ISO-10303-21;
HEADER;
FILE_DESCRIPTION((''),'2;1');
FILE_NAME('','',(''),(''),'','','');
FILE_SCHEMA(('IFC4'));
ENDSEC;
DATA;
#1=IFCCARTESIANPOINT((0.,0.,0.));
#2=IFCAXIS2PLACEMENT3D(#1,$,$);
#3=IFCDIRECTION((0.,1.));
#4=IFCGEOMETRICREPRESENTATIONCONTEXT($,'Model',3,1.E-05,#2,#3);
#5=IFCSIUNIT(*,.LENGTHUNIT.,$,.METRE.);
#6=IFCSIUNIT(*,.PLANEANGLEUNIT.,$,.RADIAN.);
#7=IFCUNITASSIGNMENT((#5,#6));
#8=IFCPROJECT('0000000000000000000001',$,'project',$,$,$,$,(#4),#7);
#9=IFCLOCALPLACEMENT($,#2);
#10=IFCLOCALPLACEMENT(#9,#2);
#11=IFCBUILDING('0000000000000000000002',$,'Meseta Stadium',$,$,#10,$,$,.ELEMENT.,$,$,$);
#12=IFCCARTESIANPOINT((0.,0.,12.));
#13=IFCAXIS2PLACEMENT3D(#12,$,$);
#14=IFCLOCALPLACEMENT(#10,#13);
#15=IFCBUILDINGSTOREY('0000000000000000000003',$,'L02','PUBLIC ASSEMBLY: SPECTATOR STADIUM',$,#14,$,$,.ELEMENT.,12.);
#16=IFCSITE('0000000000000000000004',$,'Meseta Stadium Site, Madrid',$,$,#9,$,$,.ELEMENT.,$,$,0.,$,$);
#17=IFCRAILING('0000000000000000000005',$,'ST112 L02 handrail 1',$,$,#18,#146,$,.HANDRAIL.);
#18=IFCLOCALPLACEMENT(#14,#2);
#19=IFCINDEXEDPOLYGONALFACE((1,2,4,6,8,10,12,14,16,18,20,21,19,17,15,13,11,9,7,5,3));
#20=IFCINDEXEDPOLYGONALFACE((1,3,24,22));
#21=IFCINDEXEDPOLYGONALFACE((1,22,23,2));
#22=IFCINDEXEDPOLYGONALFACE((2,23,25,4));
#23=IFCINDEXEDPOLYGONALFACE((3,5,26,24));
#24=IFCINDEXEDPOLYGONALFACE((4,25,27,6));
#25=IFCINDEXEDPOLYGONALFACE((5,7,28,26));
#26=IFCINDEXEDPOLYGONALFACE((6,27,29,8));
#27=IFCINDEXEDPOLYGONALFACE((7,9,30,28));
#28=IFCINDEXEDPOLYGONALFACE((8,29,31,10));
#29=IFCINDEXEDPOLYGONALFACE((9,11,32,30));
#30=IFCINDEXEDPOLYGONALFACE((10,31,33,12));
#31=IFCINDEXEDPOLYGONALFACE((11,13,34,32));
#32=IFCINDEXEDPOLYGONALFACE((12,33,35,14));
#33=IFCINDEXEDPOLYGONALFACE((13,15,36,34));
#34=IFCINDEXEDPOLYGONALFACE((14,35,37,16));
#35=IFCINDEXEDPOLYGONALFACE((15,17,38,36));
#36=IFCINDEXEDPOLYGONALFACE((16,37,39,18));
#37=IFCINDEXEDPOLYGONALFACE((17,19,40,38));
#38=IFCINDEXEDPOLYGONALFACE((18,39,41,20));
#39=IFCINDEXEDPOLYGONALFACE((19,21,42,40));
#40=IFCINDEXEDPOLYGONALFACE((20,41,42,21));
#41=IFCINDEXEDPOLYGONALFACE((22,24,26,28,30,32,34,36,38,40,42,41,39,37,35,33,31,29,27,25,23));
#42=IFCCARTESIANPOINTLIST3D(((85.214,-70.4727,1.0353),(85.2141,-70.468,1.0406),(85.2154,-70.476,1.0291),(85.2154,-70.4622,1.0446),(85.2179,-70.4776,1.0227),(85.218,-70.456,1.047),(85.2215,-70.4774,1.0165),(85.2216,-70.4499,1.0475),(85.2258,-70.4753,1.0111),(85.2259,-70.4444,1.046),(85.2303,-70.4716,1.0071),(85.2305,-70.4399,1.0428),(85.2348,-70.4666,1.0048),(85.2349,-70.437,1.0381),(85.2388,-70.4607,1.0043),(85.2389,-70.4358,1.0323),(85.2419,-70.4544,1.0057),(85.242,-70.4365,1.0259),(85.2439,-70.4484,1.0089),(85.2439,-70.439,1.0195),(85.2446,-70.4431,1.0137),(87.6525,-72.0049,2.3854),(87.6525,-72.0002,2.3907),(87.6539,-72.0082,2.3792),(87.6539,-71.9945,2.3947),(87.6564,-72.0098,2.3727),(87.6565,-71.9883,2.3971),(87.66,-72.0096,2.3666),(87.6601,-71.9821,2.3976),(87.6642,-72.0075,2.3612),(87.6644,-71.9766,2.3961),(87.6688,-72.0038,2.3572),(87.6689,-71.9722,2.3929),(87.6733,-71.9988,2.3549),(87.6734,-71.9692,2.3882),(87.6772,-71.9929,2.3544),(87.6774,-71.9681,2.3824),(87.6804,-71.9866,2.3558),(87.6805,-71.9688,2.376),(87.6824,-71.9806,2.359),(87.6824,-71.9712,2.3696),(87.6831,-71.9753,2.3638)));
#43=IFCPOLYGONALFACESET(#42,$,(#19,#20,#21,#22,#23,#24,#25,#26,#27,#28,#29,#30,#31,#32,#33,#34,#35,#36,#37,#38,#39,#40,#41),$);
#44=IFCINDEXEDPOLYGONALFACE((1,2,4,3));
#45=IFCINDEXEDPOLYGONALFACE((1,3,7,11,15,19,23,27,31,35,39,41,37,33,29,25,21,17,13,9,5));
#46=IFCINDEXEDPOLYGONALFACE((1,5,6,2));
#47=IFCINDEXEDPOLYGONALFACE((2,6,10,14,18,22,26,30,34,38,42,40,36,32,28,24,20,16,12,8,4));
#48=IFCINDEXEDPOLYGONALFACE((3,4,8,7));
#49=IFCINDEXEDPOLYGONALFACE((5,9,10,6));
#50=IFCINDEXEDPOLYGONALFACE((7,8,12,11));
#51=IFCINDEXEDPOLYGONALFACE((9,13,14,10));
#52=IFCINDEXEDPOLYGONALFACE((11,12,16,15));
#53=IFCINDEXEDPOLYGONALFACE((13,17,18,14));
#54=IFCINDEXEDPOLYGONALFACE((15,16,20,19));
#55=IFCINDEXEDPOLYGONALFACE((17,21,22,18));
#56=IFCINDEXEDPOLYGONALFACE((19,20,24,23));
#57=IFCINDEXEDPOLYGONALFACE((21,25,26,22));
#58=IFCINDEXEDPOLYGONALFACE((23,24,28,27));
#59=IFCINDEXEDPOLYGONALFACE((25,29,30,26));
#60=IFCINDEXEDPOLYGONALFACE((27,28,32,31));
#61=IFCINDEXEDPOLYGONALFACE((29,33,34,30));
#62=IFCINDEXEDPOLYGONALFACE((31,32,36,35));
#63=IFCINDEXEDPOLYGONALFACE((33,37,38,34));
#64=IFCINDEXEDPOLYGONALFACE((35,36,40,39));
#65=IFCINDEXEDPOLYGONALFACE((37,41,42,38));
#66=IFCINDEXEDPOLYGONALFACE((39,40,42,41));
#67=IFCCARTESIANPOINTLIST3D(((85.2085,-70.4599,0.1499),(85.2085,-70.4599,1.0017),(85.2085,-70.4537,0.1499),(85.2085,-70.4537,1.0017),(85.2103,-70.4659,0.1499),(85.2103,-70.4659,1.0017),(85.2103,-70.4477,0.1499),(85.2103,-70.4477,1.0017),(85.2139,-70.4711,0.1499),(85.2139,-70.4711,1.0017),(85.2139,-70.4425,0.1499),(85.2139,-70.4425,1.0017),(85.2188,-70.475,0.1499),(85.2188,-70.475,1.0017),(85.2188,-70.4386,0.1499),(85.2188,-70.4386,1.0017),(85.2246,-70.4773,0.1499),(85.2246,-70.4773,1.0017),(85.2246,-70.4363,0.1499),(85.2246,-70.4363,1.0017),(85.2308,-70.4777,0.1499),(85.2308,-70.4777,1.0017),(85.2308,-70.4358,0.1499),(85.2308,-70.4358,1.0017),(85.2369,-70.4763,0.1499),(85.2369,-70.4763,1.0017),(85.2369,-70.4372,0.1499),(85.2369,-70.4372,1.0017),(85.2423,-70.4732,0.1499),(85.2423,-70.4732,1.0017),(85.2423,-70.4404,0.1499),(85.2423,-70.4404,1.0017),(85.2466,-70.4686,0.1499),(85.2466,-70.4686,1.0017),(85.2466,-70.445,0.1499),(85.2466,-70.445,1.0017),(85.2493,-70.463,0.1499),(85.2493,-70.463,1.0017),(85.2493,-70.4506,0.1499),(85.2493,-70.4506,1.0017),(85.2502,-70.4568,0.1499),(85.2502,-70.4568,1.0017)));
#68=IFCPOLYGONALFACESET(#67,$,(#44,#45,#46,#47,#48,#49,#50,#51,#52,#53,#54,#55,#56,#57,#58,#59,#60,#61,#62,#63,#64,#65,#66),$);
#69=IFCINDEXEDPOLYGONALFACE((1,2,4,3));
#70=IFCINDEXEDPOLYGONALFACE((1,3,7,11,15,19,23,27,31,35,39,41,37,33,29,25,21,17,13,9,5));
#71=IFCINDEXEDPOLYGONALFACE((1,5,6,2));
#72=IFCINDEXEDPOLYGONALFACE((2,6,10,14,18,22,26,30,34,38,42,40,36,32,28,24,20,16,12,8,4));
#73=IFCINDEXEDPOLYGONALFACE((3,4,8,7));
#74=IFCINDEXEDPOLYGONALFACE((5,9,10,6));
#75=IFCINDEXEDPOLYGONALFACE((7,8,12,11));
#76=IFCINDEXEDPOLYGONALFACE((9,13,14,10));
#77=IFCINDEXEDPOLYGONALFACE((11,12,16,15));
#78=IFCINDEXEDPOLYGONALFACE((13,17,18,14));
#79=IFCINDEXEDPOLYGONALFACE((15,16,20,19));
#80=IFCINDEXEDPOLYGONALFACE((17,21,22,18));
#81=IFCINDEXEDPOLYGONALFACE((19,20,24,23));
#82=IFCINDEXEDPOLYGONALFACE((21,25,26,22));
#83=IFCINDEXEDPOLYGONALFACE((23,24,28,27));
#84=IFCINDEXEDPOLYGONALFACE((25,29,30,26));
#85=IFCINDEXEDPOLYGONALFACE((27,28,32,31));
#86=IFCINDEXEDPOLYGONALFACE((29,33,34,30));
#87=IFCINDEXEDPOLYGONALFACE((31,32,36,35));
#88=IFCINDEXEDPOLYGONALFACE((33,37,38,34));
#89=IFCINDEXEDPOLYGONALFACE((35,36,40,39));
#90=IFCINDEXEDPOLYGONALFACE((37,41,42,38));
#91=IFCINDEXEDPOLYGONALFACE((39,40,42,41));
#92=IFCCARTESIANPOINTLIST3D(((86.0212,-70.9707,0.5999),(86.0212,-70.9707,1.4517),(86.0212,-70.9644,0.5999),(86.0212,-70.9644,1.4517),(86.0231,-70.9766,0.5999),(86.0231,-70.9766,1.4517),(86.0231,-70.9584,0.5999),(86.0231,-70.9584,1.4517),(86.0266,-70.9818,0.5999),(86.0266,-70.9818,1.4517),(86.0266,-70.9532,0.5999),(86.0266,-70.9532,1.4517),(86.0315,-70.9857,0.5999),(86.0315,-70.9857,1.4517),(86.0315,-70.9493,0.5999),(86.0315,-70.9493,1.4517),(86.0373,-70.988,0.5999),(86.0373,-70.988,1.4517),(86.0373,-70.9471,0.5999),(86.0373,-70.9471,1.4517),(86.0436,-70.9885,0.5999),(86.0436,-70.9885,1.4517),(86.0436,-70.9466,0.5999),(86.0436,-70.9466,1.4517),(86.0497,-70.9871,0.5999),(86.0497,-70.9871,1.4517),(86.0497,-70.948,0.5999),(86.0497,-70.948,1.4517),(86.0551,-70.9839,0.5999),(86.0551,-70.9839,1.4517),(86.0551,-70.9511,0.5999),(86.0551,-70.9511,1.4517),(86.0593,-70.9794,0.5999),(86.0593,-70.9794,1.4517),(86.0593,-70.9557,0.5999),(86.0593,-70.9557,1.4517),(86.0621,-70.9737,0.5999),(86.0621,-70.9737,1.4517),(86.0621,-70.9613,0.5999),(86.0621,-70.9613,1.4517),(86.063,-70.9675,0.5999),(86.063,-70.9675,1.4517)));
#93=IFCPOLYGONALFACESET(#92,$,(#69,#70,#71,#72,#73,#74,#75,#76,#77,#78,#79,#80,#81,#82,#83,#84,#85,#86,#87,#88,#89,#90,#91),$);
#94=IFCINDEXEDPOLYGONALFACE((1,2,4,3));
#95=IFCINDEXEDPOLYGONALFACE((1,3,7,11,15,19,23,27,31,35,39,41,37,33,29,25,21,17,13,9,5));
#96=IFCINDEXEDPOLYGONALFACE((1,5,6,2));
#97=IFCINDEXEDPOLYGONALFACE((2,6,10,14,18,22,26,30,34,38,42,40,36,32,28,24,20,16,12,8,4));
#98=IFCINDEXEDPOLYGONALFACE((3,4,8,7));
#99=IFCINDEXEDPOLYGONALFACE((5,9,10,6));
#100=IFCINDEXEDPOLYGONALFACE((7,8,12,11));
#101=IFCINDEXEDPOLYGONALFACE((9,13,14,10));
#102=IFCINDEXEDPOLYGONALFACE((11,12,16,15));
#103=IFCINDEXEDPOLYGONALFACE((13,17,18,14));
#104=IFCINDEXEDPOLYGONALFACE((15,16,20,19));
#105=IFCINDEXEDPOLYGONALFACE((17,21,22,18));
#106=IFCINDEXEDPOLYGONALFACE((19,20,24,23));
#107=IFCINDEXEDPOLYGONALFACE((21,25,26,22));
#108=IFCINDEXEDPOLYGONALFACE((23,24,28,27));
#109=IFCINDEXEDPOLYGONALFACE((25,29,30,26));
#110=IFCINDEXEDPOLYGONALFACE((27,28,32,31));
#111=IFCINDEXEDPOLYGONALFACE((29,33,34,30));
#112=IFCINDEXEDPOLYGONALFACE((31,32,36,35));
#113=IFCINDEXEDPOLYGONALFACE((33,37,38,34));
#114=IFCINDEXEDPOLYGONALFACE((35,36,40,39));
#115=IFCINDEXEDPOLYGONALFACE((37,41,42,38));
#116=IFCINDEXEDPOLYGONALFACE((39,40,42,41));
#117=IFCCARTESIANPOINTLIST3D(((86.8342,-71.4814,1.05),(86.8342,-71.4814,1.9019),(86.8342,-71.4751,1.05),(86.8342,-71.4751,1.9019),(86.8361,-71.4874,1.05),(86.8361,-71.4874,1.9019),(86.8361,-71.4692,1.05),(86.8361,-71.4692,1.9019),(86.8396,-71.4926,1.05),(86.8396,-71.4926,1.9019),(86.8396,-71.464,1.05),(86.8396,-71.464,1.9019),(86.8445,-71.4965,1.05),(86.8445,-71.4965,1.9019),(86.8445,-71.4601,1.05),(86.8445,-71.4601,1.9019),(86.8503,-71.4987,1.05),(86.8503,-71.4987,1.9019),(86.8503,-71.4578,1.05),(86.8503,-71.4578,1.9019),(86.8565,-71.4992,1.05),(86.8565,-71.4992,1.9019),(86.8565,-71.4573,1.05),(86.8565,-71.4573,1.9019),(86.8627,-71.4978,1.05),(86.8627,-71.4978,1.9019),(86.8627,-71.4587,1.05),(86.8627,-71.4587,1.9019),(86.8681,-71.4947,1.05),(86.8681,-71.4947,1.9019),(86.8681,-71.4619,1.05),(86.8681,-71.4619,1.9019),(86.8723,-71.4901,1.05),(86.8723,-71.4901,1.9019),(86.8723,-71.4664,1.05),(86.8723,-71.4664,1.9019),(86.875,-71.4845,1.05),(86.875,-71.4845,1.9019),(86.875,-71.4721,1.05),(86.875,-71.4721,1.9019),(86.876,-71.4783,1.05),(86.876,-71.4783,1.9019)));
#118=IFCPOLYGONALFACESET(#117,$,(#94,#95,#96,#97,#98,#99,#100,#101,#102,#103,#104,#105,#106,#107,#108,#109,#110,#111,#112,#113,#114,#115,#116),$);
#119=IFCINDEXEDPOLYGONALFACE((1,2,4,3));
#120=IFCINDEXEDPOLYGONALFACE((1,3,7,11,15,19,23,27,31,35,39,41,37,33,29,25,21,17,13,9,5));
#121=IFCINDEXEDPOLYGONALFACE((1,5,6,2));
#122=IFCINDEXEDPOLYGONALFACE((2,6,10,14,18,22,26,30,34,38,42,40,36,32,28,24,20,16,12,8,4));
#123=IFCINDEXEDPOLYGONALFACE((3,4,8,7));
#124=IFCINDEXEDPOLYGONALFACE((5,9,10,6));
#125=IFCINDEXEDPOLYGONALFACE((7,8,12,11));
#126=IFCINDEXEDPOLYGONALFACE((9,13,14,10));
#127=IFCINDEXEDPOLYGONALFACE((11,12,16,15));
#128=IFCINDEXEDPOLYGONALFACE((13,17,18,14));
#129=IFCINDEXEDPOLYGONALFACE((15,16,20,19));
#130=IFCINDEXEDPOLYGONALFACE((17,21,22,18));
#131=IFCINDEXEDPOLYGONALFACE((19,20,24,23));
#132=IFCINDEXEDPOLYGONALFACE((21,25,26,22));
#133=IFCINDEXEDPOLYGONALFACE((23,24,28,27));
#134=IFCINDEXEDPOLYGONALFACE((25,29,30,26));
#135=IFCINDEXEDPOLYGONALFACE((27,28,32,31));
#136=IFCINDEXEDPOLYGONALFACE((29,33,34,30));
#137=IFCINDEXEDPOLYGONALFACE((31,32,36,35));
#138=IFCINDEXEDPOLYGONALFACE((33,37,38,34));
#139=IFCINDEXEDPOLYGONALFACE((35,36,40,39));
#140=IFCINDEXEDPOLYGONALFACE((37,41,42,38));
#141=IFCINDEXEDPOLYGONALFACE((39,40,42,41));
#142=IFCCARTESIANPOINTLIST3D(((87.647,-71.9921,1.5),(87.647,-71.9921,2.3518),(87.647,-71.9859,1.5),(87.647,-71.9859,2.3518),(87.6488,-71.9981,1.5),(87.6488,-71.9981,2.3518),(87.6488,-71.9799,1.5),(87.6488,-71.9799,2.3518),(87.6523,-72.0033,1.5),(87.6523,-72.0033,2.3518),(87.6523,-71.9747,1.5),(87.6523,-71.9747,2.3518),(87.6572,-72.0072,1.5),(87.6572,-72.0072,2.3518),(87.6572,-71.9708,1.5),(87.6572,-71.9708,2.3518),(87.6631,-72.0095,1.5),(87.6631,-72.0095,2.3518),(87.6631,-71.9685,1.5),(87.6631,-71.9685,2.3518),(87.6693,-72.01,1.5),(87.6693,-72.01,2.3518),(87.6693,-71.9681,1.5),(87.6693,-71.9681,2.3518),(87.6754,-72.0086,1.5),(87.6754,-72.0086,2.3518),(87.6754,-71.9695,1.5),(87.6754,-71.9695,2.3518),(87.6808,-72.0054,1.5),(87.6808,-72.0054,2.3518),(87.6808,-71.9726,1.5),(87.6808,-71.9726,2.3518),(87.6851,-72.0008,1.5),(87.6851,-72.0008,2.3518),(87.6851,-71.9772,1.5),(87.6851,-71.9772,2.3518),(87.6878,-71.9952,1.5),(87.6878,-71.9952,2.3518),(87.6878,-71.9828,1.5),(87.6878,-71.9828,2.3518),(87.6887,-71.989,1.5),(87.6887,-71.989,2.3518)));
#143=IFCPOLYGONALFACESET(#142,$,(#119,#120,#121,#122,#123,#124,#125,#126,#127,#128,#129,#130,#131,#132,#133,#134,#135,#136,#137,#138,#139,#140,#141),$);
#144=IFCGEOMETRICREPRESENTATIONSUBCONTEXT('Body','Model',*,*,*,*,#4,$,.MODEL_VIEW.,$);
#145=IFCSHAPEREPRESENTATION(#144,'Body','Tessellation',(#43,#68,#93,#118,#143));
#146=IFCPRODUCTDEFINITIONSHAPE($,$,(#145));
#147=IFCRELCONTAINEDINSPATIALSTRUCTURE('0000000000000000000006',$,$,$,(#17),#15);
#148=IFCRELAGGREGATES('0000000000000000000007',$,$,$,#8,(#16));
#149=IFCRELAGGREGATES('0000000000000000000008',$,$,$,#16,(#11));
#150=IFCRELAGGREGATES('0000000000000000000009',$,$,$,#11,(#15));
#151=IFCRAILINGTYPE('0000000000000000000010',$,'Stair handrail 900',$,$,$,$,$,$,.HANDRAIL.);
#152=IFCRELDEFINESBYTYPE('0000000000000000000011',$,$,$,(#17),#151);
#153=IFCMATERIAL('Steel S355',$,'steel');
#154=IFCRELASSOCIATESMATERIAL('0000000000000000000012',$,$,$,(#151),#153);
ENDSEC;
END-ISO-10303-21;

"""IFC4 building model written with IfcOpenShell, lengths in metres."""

from ifc_helpers import new_model, si_unit, direction, frame, origin, origin_2d, place, context, subcontext, project, spatial, circle, extrude, material, type_object, element, save


model = new_model("IFC4")

# Units and contexts
model_context = context("Model", 3, precision=1e-05, world=origin(), true_north=direction((0.0, 1.0)))
body_context = subcontext(model_context, "Body", "Model", "MODEL_VIEW")
ifc_project = project(units=[si_unit("LENGTHUNIT", "METRE"), si_unit("PLANEANGLEUNIT", "RADIAN")], contexts=[model_context])

# Site, building, storey
site_placement = place(None, origin())
site = spatial("IfcSite", under=ifc_project, at=site_placement, Name="Meseta Stadium Site, Madrid", CompositionType="ELEMENT", RefElevation=0.0)
building_placement = place(site_placement, origin())
building = spatial("IfcBuilding", under=site, at=building_placement, Name="Meseta Stadium", CompositionType="ELEMENT")
storey_placement = place(building_placement, frame((0.0, 0.0, 12.0)))
storey = spatial("IfcBuildingStorey", under=building, at=storey_placement, Name="L02", Description="PUBLIC ASSEMBLY: SPECTATOR STADIUM", CompositionType="ELEMENT", Elevation=12.0)

# Railing
ifc_material_1 = material(Name="Steel S355", Category="steel")
railing_type_1 = type_object("IfcRailingType", Name="Stair handrail 900", PredefinedType="HANDRAIL", material=ifc_material_1)
for number, where, name in (
    (1, (85.2292, -70.4568, 0.1499), "ST112 L02 handrail 1"),
):
    element("IfcRailing", number, at=place(storey_placement, frame(where)), inside=storey, type_object=railing_type_1, Name=name, PredefinedType="HANDRAIL", context=body_context, shape_type="SweptSolid", body=[
        extrude(circle(Radius=0.0239, at=origin_2d()), frame((0.0, 0.0, 0.876), z_axis=(0.766655, -0.481731, 0.42447), x_axis=(0.53204, 0.846719, 0.0)), (0.0, 0.0, 1.0), 3.1807),
        extrude(circle(Radius=0.021, at=origin_2d()), origin(), (0.0, 0.0, 1.0), 0.8518),
        extrude(circle(Radius=0.021, at=origin_2d()), frame((0.8127, -0.5107, 0.45)), (0.0, 0.0, 1.0), 0.8518),
        extrude(circle(Radius=0.021, at=origin_2d()), frame((1.6257, -1.0215, 0.9001)), (0.0, 0.0, 1.0), 0.8518),
        extrude(circle(Radius=0.021, at=origin_2d()), frame((2.4385, -1.5322, 1.3501)), (0.0, 0.0, 1.0), 0.8518),
    ])

save(model, "model.ifc")
